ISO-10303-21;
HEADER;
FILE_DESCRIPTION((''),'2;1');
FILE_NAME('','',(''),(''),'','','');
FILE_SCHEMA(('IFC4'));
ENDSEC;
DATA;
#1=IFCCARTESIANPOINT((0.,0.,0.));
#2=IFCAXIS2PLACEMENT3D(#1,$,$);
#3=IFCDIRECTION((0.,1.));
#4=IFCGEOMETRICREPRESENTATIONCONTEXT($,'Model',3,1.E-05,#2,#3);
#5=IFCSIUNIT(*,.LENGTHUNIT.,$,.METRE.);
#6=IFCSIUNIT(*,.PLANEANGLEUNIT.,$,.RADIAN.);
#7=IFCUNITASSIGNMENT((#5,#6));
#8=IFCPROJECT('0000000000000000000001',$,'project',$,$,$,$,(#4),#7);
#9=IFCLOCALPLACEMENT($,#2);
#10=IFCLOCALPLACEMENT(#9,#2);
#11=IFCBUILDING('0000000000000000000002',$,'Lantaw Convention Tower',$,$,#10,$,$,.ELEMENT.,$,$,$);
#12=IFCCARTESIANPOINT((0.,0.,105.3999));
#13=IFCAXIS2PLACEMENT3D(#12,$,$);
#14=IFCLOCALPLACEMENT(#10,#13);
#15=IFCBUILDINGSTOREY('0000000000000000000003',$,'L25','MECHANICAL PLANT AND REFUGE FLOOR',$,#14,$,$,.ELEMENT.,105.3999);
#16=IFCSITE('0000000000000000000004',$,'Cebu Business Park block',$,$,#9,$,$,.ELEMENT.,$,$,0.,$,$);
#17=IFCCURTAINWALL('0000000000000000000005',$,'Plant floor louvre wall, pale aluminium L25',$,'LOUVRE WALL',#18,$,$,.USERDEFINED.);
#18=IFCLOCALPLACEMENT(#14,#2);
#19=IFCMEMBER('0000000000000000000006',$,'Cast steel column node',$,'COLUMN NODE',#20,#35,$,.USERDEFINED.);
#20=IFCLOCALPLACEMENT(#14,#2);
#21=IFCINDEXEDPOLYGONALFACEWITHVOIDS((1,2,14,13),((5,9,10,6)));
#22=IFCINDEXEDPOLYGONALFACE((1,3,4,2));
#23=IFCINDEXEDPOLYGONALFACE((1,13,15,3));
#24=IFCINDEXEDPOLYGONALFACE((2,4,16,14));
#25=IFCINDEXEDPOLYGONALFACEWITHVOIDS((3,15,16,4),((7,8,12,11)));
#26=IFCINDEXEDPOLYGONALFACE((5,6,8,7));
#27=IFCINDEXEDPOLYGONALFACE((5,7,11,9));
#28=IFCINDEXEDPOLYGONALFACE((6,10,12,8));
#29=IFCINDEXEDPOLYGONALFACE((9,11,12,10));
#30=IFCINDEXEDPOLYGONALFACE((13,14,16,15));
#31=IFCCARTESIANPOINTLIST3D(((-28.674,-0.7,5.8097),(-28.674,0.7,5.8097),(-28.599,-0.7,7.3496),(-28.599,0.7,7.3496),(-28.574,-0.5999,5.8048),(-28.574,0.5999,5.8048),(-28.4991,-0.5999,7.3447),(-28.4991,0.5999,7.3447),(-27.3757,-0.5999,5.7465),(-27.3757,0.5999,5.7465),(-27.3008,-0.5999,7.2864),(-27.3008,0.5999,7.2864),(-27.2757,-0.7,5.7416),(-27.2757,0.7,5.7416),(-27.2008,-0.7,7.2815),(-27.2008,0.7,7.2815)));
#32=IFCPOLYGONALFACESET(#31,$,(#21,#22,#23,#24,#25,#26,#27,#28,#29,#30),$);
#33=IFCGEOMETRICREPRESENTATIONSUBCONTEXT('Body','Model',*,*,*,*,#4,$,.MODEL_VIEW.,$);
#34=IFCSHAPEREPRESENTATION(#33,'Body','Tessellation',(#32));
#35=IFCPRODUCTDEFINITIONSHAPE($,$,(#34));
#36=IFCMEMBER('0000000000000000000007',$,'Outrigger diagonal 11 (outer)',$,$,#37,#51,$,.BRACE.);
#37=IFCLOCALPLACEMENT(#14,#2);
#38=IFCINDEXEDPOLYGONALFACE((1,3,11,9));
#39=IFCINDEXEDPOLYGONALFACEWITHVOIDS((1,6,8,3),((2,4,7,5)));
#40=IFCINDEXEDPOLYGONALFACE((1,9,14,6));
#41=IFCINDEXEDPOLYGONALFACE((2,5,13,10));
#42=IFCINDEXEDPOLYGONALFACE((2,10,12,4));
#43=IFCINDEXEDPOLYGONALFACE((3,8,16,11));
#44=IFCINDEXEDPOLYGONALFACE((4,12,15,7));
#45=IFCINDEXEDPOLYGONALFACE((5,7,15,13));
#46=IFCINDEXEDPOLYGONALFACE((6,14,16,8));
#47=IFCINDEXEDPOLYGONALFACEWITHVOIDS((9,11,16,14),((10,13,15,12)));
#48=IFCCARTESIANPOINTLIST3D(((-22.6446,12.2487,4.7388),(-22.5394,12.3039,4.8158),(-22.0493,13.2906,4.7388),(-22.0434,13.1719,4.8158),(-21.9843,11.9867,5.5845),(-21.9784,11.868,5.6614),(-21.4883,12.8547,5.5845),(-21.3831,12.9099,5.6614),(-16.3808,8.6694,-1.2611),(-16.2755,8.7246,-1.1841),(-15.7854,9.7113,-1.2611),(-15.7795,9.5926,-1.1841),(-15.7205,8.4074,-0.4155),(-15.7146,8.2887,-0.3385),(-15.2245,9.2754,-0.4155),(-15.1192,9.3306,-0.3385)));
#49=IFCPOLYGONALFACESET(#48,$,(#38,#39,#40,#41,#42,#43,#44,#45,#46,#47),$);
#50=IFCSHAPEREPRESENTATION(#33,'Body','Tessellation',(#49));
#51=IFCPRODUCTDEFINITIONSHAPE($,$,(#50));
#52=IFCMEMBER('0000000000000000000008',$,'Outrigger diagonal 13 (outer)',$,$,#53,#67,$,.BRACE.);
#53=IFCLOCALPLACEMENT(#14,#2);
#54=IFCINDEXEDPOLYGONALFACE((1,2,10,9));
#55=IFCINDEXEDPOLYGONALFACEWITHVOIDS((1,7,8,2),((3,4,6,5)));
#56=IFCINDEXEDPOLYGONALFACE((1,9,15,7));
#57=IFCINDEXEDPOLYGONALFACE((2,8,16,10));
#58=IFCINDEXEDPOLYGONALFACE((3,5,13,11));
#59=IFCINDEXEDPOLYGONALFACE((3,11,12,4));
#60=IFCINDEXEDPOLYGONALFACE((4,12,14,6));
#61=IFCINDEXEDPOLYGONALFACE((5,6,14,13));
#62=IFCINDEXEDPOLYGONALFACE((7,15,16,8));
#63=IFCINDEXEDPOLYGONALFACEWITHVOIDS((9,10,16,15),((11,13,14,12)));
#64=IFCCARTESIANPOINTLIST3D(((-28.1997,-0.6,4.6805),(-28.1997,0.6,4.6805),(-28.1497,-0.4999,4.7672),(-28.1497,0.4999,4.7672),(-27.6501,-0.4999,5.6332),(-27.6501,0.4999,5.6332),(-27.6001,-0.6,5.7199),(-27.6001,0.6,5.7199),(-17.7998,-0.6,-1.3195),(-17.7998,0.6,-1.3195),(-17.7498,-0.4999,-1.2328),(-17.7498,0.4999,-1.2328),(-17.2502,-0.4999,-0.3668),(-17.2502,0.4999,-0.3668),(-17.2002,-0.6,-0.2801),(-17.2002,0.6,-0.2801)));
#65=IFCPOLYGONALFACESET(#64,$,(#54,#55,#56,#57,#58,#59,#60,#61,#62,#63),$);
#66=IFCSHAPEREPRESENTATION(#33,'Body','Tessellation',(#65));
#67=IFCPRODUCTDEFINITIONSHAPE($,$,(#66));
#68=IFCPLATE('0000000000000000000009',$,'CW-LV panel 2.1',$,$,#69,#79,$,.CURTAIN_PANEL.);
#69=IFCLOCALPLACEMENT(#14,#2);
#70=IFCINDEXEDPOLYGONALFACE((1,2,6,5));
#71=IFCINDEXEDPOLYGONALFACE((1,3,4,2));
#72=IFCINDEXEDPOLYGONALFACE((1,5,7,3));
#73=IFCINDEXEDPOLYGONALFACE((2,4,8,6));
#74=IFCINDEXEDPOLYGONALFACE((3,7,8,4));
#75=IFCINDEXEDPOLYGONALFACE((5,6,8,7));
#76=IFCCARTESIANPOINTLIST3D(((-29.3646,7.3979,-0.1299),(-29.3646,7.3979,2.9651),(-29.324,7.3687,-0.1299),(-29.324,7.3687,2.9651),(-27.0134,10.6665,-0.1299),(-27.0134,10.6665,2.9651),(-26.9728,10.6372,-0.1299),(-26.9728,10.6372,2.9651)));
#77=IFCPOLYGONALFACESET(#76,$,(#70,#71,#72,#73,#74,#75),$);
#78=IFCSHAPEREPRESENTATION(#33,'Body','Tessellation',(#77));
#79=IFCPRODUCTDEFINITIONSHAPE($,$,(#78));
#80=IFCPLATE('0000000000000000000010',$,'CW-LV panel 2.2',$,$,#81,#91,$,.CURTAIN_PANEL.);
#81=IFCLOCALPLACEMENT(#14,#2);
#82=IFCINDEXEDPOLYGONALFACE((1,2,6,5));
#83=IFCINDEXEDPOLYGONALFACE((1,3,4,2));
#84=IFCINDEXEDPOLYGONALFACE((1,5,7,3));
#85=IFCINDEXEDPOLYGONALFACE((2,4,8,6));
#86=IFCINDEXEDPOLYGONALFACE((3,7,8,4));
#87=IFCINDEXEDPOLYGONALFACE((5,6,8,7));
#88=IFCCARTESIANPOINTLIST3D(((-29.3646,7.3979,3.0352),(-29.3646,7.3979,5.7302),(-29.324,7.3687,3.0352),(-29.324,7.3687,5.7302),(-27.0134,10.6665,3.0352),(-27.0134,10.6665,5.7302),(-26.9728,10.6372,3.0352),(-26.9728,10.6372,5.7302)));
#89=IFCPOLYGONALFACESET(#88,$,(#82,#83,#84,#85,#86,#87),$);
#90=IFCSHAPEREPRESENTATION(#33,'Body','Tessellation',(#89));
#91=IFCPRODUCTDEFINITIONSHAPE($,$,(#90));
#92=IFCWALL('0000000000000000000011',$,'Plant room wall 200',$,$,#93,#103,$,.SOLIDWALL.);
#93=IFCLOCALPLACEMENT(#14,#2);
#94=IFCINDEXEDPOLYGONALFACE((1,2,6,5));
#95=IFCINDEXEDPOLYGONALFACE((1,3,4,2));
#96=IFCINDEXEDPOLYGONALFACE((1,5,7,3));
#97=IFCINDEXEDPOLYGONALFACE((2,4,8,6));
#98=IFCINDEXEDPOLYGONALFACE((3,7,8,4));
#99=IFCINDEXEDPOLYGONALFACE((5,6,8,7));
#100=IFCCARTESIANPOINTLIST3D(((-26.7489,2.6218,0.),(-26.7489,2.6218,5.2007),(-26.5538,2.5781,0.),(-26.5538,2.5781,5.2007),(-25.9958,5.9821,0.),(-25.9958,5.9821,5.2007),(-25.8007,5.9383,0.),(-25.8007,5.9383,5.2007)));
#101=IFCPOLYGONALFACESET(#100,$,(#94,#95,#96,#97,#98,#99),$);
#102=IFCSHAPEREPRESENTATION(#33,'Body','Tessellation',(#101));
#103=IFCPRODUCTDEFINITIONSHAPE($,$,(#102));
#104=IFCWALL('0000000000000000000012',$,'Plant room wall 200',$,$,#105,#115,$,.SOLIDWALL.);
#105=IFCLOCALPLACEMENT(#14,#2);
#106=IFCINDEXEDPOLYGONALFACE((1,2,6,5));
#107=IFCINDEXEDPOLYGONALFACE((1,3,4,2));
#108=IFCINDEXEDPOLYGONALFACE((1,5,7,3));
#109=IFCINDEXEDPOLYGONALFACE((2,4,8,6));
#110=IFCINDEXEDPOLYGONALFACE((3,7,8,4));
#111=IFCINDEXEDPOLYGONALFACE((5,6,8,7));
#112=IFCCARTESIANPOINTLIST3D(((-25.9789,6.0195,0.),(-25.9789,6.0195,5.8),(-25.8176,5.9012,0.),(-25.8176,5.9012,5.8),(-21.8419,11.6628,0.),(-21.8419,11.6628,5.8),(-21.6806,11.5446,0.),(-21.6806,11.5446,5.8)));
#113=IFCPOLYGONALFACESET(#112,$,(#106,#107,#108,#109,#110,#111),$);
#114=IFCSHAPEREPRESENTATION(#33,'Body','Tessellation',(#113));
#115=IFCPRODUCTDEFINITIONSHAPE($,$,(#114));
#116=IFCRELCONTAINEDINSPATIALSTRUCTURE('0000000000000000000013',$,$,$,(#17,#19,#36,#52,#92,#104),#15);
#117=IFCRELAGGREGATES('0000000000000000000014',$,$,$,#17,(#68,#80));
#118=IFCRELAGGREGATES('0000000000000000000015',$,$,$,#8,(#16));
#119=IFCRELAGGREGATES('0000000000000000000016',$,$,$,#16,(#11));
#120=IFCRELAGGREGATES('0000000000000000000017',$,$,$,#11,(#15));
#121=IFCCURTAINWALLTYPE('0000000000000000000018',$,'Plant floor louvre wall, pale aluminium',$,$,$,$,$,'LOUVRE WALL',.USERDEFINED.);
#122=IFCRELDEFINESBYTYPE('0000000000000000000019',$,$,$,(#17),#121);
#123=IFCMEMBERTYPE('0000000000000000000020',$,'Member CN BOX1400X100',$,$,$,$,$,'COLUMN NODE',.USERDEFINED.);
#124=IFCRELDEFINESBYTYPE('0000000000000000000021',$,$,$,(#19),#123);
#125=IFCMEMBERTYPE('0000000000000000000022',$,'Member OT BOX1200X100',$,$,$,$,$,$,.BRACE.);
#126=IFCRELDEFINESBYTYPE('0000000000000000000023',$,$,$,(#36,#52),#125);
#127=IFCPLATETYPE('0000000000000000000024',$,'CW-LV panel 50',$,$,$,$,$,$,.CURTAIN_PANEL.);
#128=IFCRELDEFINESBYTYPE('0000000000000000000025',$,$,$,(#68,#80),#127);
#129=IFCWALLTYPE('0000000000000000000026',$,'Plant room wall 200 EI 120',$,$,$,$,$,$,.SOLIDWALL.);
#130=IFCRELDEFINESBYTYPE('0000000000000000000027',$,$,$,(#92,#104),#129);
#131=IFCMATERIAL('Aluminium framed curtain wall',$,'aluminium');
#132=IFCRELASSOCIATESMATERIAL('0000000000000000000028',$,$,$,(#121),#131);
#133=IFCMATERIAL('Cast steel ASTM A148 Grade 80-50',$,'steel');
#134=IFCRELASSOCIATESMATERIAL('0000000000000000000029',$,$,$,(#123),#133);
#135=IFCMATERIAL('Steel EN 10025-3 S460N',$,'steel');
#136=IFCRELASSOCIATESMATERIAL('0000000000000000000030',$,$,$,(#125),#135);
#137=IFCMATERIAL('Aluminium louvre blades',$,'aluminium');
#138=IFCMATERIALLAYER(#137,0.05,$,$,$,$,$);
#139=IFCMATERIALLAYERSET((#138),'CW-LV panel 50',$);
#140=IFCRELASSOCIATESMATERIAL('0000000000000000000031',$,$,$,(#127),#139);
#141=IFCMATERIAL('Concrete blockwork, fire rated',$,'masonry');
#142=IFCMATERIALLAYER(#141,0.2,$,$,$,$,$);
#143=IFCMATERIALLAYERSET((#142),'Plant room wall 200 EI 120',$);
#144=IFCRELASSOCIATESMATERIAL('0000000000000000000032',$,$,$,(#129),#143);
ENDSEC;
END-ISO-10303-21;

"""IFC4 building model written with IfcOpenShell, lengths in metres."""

from ifc_helpers import new_model, si_unit, direction, frame, frame_2d, origin, origin_2d, place, context, subcontext, project, spatial, rectangle, hollow_rectangle, extrude, material, layer, layer_set, material_profile, profile_set, type_object, element, aggregate, save


model = new_model("IFC4")

# Units and contexts
model_context = context("Model", 3, precision=1e-05, world=origin(), true_north=direction((0.0, 1.0)))
body_context = subcontext(model_context, "Body", "Model", "MODEL_VIEW")
ifc_project = project(units=[si_unit("LENGTHUNIT", "METRE"), si_unit("PLANEANGLEUNIT", "RADIAN")], contexts=[model_context])

# Site, building, storey
site_placement = place(None, origin())
site = spatial("IfcSite", under=ifc_project, at=site_placement, Name="Cebu Business Park block", CompositionType="ELEMENT", RefElevation=0.0)
building_placement = place(site_placement, origin())
building = spatial("IfcBuilding", under=site, at=building_placement, Name="Lantaw Convention Tower", CompositionType="ELEMENT")
storey_placement = place(building_placement, frame((0.0, 0.0, 105.3999)))
storey = spatial("IfcBuildingStorey", under=building, at=storey_placement, Name="L25", Description="MECHANICAL PLANT AND REFUGE FLOOR", CompositionType="ELEMENT", Elevation=105.3999)

# Shared definitions
ifc_material_1 = material(Name="Steel EN 10025-3 S460N", Category="steel")

# Curtain wall
ifc_material_2 = material(Name="Aluminium framed curtain wall", Category="aluminium")
curtain_wall_type = type_object("IfcCurtainWallType", Name="Plant floor louvre wall, pale aluminium", ElementType="LOUVRE WALL", PredefinedType="USERDEFINED", material=ifc_material_2)
curtain_wall_placement = place(storey_placement, origin())
curtain_wall = element("IfcCurtainWall", 1, at=curtain_wall_placement, inside=storey, type_object=curtain_wall_type, Name="Plant floor louvre wall, pale aluminium L25", ObjectType="LOUVRE WALL", PredefinedType="USERDEFINED")

# Members
ifc_material_3 = material(Name="Cast steel ASTM A148 Grade 80-50", Category="steel")
ifc_material_profile_1 = material_profile(ifc_material_3, hollow_rectangle(XDim=1.3999, YDim=1.3999, WallThickness=0.1001, at=origin_2d()), Name="BOX1400X100")
ifc_profile_set_1 = profile_set([ifc_material_profile_1], Name="Cast steel ASTM A148 Grade 80-50")
member_type_1 = type_object("IfcMemberType", Name="Member CN BOX1400X100", ElementType="COLUMN NODE", PredefinedType="USERDEFINED", material=ifc_profile_set_1)
member_1_placement = place(storey_placement, frame((-27.9749, 0.0, 5.7756), z_axis=(0.048611, 0.0, 0.998818), x_axis=(0.998818, 0.0, -0.048611)))
element("IfcMember", 2, at=member_1_placement, inside=storey, type_object=member_type_1, Name="Cast steel column node", ObjectType="COLUMN NODE", PredefinedType="USERDEFINED", context=body_context, shape_type="SweptSolid", body=[
    extrude(hollow_rectangle(XDim=1.3999, YDim=1.3999, WallThickness=0.1001, at=origin_2d()), origin(), (0.0, 0.0, 1.0), 1.5417),
])
ifc_material_profile_2 = material_profile(ifc_material_1, hollow_rectangle(XDim=1.2, YDim=1.2, WallThickness=0.1001, at=origin_2d()), Name="BOX1200X100")
ifc_profile_set_2 = profile_set([ifc_material_profile_2], Name="Steel EN 10025-3 S460N")
member_type_2 = type_object("IfcMemberType", Name="Member OT BOX1200X100", PredefinedType="BRACE", material=ifc_profile_set_2)
member_2_placement = place(storey_placement, frame((-15.75, 9.0, -0.7998), z_axis=(-0.667552, 0.381455, 0.639426), x_axis=(-0.496135, -0.868245, 0.0)))
element("IfcMember", 3, at=member_2_placement, inside=storey, type_object=member_type_2, Name="Outrigger diagonal 11 (outer)", PredefinedType="BRACE", context=body_context, shape_type="SweptSolid", body=[
    extrude(hollow_rectangle(XDim=1.2, YDim=1.2, WallThickness=0.1001, at=origin_2d()), origin(), (0.0, 0.0, 1.0), 9.3833),
])
member_3_placement = place(storey_placement, frame((-17.5, 0.0, -0.7998), z_axis=(-0.866184, 0.0, 0.499726), x_axis=(0.0, -1.0, 0.0)))
element("IfcMember", 4, at=member_3_placement, inside=storey, type_object=member_type_2, Name="Outrigger diagonal 13 (outer)", PredefinedType="BRACE", context=body_context, shape_type="SweptSolid", body=[
    extrude(hollow_rectangle(XDim=1.2, YDim=1.2, WallThickness=0.1001, at=origin_2d()), origin(), (0.0, 0.0, 1.0), 12.0066),
])

# Plates
ifc_material_4 = material(Name="Aluminium louvre blades", Category="aluminium")
ifc_layer_1 = layer(ifc_material_4, 0.05)
ifc_layer_set_1 = layer_set([ifc_layer_1], Name="CW-LV panel 50")
plate_type = type_object("IfcPlateType", Name="CW-LV panel 50", PredefinedType="CURTAIN_PANEL", material=ifc_layer_set_1)
plate_1_placement = place(storey_placement, frame((-28.1687, 9.0176, -0.1299), z_axis=(0.0, 0.0, 1.0), x_axis=(-0.583951, -0.811789, 0.0)))
plate_1 = element("IfcPlate", 5, at=plate_1_placement, type_object=plate_type, Name="CW-LV panel 2.1", PredefinedType="CURTAIN_PANEL", context=body_context, shape_type="SweptSolid", body=[
    extrude(rectangle(XDim=4.0264, YDim=0.05, at=origin_2d()), origin(), (0.0, 0.0, 1.0), 3.095),
])
plate_2_placement = place(storey_placement, frame((-28.1687, 9.0176, 3.0352), z_axis=(0.0, 0.0, 1.0), x_axis=(-0.583951, -0.811789, 0.0)))
plate_2 = element("IfcPlate", 6, at=plate_2_placement, type_object=plate_type, Name="CW-LV panel 2.2", PredefinedType="CURTAIN_PANEL", context=body_context, shape_type="SweptSolid", body=[
    extrude(rectangle(XDim=4.0264, YDim=0.05, at=origin_2d()), origin(), (0.0, 0.0, 1.0), 2.6951),
])
aggregate(curtain_wall, [plate_1, plate_2])

# Walls
ifc_material_5 = material(Name="Concrete blockwork, fire rated", Category="masonry")
ifc_layer_2 = layer(ifc_material_5, 0.2)
ifc_layer_set_2 = layer_set([ifc_layer_2], Name="Plant room wall 200 EI 120")
wall_type = type_object("IfcWallType", Name="Plant room wall 200 EI 120", PredefinedType="SOLIDWALL", material=ifc_layer_set_2)
wall_1_placement = place(storey_placement, frame((-26.6514, 2.6001, 0.0), z_axis=(0.0, 0.0, 1.0), x_axis=(0.218709, 0.97579, 0.0)))
element("IfcWall", 7, at=wall_1_placement, inside=storey, type_object=wall_type, Name="Plant room wall 200", PredefinedType="SOLIDWALL", context=body_context, shape_type="SweptSolid", body=[
    extrude(rectangle(XDim=3.4436, YDim=0.2, at=frame_2d((1.7217, 0.0))), origin(), (0.0, 0.0, 1.0), 5.2007),
])
wall_2_placement = place(storey_placement, frame((-25.8982, 5.9604, 0.0), z_axis=(0.0, 0.0, 1.0), x_axis=(0.591228, 0.806505, 0.0)))
element("IfcWall", 8, at=wall_2_placement, inside=storey, type_object=wall_type, Name="Plant room wall 200", PredefinedType="SOLIDWALL", context=body_context, shape_type="SweptSolid", body=[
    extrude(rectangle(XDim=6.9973, YDim=0.2, at=frame_2d((3.4985, 0.0))), origin(), (0.0, 0.0, 1.0), 5.8),
])

save(model, "model.ifc")
